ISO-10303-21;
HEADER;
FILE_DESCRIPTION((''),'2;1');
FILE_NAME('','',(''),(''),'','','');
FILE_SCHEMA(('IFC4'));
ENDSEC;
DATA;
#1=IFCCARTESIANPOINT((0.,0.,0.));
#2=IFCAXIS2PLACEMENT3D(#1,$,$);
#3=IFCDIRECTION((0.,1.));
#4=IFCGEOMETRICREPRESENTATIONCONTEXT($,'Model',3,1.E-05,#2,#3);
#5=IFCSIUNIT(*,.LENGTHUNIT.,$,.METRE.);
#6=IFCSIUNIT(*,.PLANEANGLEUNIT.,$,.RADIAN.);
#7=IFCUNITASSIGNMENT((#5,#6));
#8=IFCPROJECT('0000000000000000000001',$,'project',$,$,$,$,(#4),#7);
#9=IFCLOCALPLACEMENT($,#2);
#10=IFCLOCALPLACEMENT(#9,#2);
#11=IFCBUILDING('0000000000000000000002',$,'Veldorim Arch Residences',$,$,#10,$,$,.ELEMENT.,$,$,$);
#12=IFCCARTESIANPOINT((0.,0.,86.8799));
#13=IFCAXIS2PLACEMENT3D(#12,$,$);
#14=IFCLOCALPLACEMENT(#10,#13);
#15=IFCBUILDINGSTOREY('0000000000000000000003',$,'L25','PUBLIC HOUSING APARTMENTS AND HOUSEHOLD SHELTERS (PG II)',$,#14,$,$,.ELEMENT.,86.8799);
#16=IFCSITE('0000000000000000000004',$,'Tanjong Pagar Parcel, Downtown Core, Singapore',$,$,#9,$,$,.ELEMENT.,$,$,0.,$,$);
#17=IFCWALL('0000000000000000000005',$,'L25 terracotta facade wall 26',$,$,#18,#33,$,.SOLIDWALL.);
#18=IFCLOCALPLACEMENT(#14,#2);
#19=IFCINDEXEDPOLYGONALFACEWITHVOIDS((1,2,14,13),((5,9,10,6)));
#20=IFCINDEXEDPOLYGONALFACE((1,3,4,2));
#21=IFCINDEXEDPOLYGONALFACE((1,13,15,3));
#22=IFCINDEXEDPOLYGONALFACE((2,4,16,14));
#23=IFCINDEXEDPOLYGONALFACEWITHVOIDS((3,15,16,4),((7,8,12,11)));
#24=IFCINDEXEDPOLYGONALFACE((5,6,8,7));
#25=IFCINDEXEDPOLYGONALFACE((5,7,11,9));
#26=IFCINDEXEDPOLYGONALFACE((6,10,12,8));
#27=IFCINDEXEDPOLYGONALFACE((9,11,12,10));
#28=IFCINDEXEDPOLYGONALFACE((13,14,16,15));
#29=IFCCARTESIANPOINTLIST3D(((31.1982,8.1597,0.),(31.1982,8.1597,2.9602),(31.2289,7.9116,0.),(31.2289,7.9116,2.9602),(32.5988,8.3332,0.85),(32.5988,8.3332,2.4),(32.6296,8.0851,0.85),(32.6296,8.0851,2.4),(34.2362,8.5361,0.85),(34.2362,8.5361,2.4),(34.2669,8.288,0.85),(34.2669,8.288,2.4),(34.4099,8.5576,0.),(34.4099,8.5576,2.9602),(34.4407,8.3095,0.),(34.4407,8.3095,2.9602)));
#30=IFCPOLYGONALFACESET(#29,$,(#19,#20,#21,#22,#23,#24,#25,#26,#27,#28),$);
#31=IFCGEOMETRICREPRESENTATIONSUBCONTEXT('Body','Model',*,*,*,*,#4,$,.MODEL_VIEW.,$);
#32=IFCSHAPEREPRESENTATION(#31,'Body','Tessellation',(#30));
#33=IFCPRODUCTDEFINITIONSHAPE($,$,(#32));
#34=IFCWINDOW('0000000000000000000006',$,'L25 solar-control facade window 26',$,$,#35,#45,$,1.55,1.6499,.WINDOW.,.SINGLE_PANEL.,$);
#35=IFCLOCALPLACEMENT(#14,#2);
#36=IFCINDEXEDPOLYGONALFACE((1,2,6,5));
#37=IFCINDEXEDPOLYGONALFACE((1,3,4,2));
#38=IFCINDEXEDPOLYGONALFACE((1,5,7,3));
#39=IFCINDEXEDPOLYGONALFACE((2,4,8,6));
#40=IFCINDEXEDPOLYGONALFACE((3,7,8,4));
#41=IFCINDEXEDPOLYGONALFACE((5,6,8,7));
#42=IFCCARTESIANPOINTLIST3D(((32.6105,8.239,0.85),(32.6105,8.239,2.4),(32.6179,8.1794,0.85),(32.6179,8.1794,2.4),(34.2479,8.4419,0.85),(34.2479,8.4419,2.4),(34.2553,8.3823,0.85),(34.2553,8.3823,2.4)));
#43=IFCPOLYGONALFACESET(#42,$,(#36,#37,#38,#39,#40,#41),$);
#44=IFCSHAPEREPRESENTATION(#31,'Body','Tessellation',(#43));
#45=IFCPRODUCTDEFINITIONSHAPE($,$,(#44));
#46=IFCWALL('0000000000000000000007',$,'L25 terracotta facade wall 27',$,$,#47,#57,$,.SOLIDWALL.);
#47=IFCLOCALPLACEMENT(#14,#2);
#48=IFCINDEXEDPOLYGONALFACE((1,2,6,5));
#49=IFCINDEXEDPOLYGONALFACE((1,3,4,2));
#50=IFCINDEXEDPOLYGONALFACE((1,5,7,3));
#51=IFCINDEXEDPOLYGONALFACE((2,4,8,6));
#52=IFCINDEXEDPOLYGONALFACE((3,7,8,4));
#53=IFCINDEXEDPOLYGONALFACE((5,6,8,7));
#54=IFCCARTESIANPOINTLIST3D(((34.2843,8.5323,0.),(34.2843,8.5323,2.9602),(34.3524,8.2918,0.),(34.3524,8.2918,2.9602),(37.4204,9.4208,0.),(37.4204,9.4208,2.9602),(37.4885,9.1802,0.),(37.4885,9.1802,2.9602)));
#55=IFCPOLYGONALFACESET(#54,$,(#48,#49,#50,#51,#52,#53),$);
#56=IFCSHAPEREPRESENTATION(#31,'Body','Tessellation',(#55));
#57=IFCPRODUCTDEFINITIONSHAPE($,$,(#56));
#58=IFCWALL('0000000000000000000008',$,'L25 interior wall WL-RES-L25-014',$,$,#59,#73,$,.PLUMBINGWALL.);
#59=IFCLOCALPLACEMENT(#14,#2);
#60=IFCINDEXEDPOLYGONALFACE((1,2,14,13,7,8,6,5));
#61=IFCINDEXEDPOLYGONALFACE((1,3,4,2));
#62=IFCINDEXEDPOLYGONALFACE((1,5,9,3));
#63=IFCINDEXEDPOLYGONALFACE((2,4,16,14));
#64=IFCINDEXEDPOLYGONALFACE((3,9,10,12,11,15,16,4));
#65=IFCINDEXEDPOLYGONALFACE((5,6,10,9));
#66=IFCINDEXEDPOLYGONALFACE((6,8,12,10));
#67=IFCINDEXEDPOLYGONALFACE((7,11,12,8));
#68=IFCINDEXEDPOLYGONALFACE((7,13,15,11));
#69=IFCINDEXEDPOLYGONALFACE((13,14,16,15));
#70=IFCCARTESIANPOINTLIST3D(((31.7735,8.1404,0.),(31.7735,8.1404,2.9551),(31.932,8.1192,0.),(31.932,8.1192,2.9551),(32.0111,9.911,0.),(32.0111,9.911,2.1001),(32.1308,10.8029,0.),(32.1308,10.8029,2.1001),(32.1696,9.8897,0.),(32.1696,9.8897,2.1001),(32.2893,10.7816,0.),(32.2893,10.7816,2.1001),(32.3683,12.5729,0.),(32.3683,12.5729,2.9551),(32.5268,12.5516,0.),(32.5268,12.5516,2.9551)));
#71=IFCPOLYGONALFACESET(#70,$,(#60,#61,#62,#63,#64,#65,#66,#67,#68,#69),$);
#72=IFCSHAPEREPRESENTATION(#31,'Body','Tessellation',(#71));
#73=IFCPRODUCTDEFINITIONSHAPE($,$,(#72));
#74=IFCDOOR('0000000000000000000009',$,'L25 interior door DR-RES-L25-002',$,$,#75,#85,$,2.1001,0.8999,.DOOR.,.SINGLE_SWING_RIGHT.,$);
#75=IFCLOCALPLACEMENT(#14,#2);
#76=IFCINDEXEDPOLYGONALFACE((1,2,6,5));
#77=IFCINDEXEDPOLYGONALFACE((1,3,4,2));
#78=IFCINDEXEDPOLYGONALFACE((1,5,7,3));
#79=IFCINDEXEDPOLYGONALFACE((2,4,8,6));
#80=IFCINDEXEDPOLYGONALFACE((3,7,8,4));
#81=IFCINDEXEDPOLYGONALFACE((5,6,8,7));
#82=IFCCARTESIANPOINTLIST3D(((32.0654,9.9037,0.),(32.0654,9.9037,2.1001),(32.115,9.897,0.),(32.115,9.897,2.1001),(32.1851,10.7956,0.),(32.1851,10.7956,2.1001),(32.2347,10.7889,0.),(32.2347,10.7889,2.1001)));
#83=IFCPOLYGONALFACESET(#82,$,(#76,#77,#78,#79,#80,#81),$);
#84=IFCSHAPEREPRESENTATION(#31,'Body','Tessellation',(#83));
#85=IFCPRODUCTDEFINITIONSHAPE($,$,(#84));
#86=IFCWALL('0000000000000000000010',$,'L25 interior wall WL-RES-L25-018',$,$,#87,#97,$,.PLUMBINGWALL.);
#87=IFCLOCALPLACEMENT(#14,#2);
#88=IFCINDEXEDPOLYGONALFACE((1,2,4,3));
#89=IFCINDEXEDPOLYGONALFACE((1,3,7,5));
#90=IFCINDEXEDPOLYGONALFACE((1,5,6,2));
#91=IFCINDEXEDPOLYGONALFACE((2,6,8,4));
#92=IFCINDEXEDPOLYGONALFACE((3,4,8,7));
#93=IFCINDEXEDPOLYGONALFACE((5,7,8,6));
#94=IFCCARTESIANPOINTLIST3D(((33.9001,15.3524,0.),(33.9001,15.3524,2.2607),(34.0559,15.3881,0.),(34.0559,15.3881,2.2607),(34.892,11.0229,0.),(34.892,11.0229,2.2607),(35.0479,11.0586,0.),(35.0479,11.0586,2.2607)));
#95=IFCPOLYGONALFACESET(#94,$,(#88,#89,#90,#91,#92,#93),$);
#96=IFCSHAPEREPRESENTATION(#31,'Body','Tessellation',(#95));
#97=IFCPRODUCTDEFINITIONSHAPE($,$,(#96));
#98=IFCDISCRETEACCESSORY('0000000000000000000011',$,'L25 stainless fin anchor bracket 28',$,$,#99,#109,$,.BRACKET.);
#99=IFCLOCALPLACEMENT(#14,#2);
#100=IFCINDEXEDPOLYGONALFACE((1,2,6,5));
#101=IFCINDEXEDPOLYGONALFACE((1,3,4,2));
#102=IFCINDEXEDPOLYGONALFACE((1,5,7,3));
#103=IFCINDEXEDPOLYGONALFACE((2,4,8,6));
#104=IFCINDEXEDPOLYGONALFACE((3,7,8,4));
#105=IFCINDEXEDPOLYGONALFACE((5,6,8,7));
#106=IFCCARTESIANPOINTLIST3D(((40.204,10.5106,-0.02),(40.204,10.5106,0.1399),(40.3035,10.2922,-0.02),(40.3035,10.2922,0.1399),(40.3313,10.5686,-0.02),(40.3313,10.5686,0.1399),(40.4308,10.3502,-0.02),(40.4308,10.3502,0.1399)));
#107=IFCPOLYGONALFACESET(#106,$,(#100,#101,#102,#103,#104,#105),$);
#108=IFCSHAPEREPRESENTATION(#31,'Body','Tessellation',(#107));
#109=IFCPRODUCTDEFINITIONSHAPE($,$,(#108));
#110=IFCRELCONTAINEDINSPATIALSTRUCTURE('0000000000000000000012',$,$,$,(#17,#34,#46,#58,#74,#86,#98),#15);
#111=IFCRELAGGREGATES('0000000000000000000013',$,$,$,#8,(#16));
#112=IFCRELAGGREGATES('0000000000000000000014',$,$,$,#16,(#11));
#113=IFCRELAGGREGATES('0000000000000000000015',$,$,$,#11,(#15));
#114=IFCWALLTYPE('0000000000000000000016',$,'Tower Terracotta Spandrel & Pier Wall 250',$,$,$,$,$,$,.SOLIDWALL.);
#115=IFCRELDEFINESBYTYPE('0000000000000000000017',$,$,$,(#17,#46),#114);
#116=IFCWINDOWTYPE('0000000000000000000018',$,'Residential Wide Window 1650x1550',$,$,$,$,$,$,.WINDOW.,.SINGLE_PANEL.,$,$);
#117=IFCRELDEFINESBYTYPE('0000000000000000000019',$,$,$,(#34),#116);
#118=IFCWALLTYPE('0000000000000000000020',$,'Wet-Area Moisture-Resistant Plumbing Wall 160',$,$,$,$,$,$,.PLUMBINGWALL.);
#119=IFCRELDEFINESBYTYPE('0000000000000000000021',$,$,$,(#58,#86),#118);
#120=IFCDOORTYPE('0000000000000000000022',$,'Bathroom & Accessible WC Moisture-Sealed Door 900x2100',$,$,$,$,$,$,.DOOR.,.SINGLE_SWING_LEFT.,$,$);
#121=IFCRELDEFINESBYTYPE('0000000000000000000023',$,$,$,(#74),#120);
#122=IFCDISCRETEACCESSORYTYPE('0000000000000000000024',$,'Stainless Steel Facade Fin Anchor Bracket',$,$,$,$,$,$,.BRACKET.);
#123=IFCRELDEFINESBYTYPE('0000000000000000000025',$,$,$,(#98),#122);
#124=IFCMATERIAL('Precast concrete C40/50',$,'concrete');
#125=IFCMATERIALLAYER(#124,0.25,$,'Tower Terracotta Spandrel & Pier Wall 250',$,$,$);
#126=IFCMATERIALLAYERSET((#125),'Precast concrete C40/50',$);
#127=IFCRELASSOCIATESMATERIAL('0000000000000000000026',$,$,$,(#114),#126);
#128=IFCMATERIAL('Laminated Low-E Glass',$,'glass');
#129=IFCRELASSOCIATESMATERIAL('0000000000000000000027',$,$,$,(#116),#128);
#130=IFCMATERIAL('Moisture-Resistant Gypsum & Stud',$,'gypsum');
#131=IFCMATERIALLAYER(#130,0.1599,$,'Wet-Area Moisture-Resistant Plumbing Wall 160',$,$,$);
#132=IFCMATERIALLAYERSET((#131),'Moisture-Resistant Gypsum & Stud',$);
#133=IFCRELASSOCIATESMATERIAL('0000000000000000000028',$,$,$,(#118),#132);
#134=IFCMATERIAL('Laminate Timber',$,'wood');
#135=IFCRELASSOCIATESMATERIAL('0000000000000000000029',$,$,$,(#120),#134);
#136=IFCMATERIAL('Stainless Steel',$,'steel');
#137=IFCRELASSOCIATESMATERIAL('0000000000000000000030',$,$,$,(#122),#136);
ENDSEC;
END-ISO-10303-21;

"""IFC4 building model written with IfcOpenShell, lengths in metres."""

from ifc_helpers import new_model, si_unit, direction, frame, frame_2d, origin, origin_2d, place, context, subcontext, project, spatial, rectangle, extrude, material, layer, layer_set, type_object, element, fill, save


model = new_model("IFC4")

# Units and contexts
model_context = context("Model", 3, precision=1e-05, world=origin(), true_north=direction((0.0, 1.0)))
body_context = subcontext(model_context, "Body", "Model", "MODEL_VIEW")
ifc_project = project(units=[si_unit("LENGTHUNIT", "METRE"), si_unit("PLANEANGLEUNIT", "RADIAN")], contexts=[model_context])

# Site, building, storey
site_placement = place(None, origin())
site = spatial("IfcSite", under=ifc_project, at=site_placement, Name="Tanjong Pagar Parcel, Downtown Core, Singapore", CompositionType="ELEMENT", RefElevation=0.0)
building_placement = place(site_placement, origin())
building = spatial("IfcBuilding", under=site, at=building_placement, Name="Veldorim Arch Residences", CompositionType="ELEMENT")
storey_placement = place(building_placement, frame((0.0, 0.0, 86.8799)))
storey = spatial("IfcBuildingStorey", under=building, at=storey_placement, Name="L25", Description="PUBLIC HOUSING APARTMENTS AND HOUSEHOLD SHELTERS (PG II)", CompositionType="ELEMENT", Elevation=86.8799)

# Wall, opening, window
ifc_material_1 = material(Name="Precast concrete C40/50", Category="concrete")
ifc_layer_1 = layer(ifc_material_1, 0.25, Name="Tower Terracotta Spandrel & Pier Wall 250")
ifc_layer_set_1 = layer_set([ifc_layer_1], Name="Precast concrete C40/50")
wall_type_1 = type_object("IfcWallType", Name="Tower Terracotta Spandrel & Pier Wall 250", PredefinedType="SOLIDWALL", material=ifc_layer_set_1)
wall_1_placement = place(storey_placement, frame((34.4253, 8.4336, 0.0), z_axis=(0.0, 0.0, 1.0), x_axis=(-0.992411, -0.122967, 0.0)))
wall_1 = element("IfcWall", 1, at=wall_1_placement, inside=storey, type_object=wall_type_1, Name="L25 terracotta facade wall 26", PredefinedType="SOLIDWALL", context=body_context, shape_type="SweptSolid", body=[
    extrude(rectangle(XDim=3.2363, YDim=0.25, at=frame_2d((1.6182, 0.0))), origin(), (0.0, 0.0, 1.0), 2.9602),
])
opening_1_placement = place(wall_1_placement, frame((0.175, 0.0, 0.8501)))
opening_1 = element("IfcOpeningElement", 2, at=opening_1_placement, cuts=wall_1, PredefinedType="OPENING", context=body_context, shape_type="SweptSolid", body=[
    extrude(rectangle(XDim=1.6499, YDim=1.55, at=frame_2d((0.825, 0.7749))), frame((0.0, 0.135, 0.0), z_axis=(0.0, -1.0, 0.0), x_axis=(1.0, 0.0, 0.0)), (0.0, 0.0, 1.0), 0.27),
])
ifc_material_2 = material(Name="Laminated Low-E Glass", Category="glass")
window_type = type_object("IfcWindowType", Name="Residential Wide Window 1650x1550", PartitioningType="SINGLE_PANEL", PredefinedType="WINDOW", material=ifc_material_2)
window_placement = place(opening_1_placement, origin())
window = element("IfcWindow", 3, at=window_placement, inside=storey, type_object=window_type, Name="L25 solar-control facade window 26", OverallHeight=1.55, OverallWidth=1.6499, PartitioningType="SINGLE_PANEL", PredefinedType="WINDOW", context=body_context, shape_type="SweptSolid", body=[
    extrude(rectangle(XDim=1.6499, YDim=1.55, at=frame_2d((0.825, 0.7749))), frame((0.0, 0.03, 0.0), z_axis=(0.0, -1.0, 0.0), x_axis=(1.0, 0.0, 0.0)), (0.0, 0.0, 1.0), 0.0601),
])
fill(opening_1, window)

# Wall
wall_2_placement = place(storey_placement, frame((37.4546, 9.3005, 0.0), z_axis=(0.0, 0.0, 1.0), x_axis=(-0.962135, -0.272574, 0.0)))
element("IfcWall", 4, at=wall_2_placement, inside=storey, type_object=wall_type_1, Name="L25 terracotta facade wall 27", PredefinedType="SOLIDWALL", context=body_context, shape_type="SweptSolid", body=[
    extrude(rectangle(XDim=3.2595, YDim=0.25, at=frame_2d((1.6299, 0.0))), origin(), (0.0, 0.0, 1.0), 2.9602),
])

# Wall, opening, door
ifc_material_3 = material(Name="Moisture-Resistant Gypsum & Stud", Category="gypsum")
ifc_layer_2 = layer(ifc_material_3, 0.1599, Name="Wet-Area Moisture-Resistant Plumbing Wall 160")
ifc_layer_set_2 = layer_set([ifc_layer_2], Name="Moisture-Resistant Gypsum & Stud")
wall_type_2 = type_object("IfcWallType", Name="Wet-Area Moisture-Resistant Plumbing Wall 160", PredefinedType="PLUMBINGWALL", material=ifc_layer_set_2)
wall_3_placement = place(storey_placement, frame((32.4475, 12.5623, 0.0), z_axis=(0.0, 0.0, 1.0), x_axis=(-0.132986, -0.991118, 0.0)))
wall_3 = element("IfcWall", 5, at=wall_3_placement, inside=storey, type_object=wall_type_2, Name="L25 interior wall WL-RES-L25-014", PredefinedType="PLUMBINGWALL", context=body_context, shape_type="SweptSolid", body=[
    extrude(rectangle(XDim=4.4722, YDim=0.1599, at=frame_2d((2.2361, 0.0))), origin(), (0.0, 0.0, 1.0), 2.9551),
])
opening_2_placement = place(wall_3_placement, frame((1.7859, 0.0, 0.0)))
opening_2 = element("IfcOpeningElement", 6, at=opening_2_placement, cuts=wall_3, PredefinedType="OPENING", context=body_context, shape_type="SweptSolid", body=[
    extrude(rectangle(XDim=0.8999, YDim=2.1001, at=frame_2d((0.45, 1.05))), frame((0.0, 0.0898, 0.0), z_axis=(0.0, -1.0, 0.0), x_axis=(1.0, 0.0, 0.0)), (0.0, 0.0, 1.0), 0.1799),
])
ifc_material_4 = material(Name="Laminate Timber", Category="wood")
door_type_1 = type_object("IfcDoorType", Name="Bathroom & Accessible WC Moisture-Sealed Door 900x2100", OperationType="SINGLE_SWING_LEFT", PredefinedType="DOOR", material=ifc_material_4)
door_1_placement = place(opening_2_placement, origin())
door_1 = element("IfcDoor", 7, at=door_1_placement, inside=storey, type_object=door_type_1, Name="L25 interior door DR-RES-L25-002", OperationType="SINGLE_SWING_RIGHT", OverallHeight=2.1001, OverallWidth=0.8999, PredefinedType="DOOR", context=body_context, shape_type="SweptSolid", body=[
    extrude(rectangle(XDim=0.8999, YDim=2.1001, at=frame_2d((0.45, 1.05))), frame((0.0, 0.0249, 0.0), z_axis=(0.0, -1.0, 0.0), x_axis=(1.0, 0.0, 0.0)), (0.0, 0.0, 1.0), 0.05),
])
fill(opening_2, door_1)

# Wall
wall_4_placement = place(storey_placement, frame((33.978, 15.3701, 0.0), z_axis=(0.0, 0.0, 1.0), x_axis=(0.223322, -0.974745, 0.0)))
element("IfcWall", 8, at=wall_4_placement, inside=storey, type_object=wall_type_2, Name="L25 interior wall WL-RES-L25-018", PredefinedType="PLUMBINGWALL", context=body_context, shape_type="SweptSolid", body=[
    extrude(rectangle(XDim=4.4417, YDim=0.1599, at=frame_2d((2.2207, 0.0))), origin(), (0.0, 0.0, 1.0), 2.2607),
])

# Discrete accessory
ifc_material_5 = material(Name="Stainless Steel", Category="steel")
discrete_accessory_type = type_object("IfcDiscreteAccessoryType", Name="Stainless Steel Facade Fin Anchor Bracket", PredefinedType="BRACKET", material=ifc_material_5)
discrete_accessory_placement = place(storey_placement, frame((40.3174, 10.4304, -0.02), z_axis=(0.0, 0.0, 1.0), x_axis=(-0.909961, -0.414693, 0.0)))
element("IfcDiscreteAccessory", 9, at=discrete_accessory_placement, inside=storey, type_object=discrete_accessory_type, Name="L25 stainless fin anchor bracket 28", PredefinedType="BRACKET", context=body_context, shape_type="SweptSolid", body=[
    extrude(rectangle(XDim=0.1399, YDim=0.24, at=origin_2d()), origin(), (0.0, 0.0, 1.0), 0.1599),
])

save(model, "model.ifc")
